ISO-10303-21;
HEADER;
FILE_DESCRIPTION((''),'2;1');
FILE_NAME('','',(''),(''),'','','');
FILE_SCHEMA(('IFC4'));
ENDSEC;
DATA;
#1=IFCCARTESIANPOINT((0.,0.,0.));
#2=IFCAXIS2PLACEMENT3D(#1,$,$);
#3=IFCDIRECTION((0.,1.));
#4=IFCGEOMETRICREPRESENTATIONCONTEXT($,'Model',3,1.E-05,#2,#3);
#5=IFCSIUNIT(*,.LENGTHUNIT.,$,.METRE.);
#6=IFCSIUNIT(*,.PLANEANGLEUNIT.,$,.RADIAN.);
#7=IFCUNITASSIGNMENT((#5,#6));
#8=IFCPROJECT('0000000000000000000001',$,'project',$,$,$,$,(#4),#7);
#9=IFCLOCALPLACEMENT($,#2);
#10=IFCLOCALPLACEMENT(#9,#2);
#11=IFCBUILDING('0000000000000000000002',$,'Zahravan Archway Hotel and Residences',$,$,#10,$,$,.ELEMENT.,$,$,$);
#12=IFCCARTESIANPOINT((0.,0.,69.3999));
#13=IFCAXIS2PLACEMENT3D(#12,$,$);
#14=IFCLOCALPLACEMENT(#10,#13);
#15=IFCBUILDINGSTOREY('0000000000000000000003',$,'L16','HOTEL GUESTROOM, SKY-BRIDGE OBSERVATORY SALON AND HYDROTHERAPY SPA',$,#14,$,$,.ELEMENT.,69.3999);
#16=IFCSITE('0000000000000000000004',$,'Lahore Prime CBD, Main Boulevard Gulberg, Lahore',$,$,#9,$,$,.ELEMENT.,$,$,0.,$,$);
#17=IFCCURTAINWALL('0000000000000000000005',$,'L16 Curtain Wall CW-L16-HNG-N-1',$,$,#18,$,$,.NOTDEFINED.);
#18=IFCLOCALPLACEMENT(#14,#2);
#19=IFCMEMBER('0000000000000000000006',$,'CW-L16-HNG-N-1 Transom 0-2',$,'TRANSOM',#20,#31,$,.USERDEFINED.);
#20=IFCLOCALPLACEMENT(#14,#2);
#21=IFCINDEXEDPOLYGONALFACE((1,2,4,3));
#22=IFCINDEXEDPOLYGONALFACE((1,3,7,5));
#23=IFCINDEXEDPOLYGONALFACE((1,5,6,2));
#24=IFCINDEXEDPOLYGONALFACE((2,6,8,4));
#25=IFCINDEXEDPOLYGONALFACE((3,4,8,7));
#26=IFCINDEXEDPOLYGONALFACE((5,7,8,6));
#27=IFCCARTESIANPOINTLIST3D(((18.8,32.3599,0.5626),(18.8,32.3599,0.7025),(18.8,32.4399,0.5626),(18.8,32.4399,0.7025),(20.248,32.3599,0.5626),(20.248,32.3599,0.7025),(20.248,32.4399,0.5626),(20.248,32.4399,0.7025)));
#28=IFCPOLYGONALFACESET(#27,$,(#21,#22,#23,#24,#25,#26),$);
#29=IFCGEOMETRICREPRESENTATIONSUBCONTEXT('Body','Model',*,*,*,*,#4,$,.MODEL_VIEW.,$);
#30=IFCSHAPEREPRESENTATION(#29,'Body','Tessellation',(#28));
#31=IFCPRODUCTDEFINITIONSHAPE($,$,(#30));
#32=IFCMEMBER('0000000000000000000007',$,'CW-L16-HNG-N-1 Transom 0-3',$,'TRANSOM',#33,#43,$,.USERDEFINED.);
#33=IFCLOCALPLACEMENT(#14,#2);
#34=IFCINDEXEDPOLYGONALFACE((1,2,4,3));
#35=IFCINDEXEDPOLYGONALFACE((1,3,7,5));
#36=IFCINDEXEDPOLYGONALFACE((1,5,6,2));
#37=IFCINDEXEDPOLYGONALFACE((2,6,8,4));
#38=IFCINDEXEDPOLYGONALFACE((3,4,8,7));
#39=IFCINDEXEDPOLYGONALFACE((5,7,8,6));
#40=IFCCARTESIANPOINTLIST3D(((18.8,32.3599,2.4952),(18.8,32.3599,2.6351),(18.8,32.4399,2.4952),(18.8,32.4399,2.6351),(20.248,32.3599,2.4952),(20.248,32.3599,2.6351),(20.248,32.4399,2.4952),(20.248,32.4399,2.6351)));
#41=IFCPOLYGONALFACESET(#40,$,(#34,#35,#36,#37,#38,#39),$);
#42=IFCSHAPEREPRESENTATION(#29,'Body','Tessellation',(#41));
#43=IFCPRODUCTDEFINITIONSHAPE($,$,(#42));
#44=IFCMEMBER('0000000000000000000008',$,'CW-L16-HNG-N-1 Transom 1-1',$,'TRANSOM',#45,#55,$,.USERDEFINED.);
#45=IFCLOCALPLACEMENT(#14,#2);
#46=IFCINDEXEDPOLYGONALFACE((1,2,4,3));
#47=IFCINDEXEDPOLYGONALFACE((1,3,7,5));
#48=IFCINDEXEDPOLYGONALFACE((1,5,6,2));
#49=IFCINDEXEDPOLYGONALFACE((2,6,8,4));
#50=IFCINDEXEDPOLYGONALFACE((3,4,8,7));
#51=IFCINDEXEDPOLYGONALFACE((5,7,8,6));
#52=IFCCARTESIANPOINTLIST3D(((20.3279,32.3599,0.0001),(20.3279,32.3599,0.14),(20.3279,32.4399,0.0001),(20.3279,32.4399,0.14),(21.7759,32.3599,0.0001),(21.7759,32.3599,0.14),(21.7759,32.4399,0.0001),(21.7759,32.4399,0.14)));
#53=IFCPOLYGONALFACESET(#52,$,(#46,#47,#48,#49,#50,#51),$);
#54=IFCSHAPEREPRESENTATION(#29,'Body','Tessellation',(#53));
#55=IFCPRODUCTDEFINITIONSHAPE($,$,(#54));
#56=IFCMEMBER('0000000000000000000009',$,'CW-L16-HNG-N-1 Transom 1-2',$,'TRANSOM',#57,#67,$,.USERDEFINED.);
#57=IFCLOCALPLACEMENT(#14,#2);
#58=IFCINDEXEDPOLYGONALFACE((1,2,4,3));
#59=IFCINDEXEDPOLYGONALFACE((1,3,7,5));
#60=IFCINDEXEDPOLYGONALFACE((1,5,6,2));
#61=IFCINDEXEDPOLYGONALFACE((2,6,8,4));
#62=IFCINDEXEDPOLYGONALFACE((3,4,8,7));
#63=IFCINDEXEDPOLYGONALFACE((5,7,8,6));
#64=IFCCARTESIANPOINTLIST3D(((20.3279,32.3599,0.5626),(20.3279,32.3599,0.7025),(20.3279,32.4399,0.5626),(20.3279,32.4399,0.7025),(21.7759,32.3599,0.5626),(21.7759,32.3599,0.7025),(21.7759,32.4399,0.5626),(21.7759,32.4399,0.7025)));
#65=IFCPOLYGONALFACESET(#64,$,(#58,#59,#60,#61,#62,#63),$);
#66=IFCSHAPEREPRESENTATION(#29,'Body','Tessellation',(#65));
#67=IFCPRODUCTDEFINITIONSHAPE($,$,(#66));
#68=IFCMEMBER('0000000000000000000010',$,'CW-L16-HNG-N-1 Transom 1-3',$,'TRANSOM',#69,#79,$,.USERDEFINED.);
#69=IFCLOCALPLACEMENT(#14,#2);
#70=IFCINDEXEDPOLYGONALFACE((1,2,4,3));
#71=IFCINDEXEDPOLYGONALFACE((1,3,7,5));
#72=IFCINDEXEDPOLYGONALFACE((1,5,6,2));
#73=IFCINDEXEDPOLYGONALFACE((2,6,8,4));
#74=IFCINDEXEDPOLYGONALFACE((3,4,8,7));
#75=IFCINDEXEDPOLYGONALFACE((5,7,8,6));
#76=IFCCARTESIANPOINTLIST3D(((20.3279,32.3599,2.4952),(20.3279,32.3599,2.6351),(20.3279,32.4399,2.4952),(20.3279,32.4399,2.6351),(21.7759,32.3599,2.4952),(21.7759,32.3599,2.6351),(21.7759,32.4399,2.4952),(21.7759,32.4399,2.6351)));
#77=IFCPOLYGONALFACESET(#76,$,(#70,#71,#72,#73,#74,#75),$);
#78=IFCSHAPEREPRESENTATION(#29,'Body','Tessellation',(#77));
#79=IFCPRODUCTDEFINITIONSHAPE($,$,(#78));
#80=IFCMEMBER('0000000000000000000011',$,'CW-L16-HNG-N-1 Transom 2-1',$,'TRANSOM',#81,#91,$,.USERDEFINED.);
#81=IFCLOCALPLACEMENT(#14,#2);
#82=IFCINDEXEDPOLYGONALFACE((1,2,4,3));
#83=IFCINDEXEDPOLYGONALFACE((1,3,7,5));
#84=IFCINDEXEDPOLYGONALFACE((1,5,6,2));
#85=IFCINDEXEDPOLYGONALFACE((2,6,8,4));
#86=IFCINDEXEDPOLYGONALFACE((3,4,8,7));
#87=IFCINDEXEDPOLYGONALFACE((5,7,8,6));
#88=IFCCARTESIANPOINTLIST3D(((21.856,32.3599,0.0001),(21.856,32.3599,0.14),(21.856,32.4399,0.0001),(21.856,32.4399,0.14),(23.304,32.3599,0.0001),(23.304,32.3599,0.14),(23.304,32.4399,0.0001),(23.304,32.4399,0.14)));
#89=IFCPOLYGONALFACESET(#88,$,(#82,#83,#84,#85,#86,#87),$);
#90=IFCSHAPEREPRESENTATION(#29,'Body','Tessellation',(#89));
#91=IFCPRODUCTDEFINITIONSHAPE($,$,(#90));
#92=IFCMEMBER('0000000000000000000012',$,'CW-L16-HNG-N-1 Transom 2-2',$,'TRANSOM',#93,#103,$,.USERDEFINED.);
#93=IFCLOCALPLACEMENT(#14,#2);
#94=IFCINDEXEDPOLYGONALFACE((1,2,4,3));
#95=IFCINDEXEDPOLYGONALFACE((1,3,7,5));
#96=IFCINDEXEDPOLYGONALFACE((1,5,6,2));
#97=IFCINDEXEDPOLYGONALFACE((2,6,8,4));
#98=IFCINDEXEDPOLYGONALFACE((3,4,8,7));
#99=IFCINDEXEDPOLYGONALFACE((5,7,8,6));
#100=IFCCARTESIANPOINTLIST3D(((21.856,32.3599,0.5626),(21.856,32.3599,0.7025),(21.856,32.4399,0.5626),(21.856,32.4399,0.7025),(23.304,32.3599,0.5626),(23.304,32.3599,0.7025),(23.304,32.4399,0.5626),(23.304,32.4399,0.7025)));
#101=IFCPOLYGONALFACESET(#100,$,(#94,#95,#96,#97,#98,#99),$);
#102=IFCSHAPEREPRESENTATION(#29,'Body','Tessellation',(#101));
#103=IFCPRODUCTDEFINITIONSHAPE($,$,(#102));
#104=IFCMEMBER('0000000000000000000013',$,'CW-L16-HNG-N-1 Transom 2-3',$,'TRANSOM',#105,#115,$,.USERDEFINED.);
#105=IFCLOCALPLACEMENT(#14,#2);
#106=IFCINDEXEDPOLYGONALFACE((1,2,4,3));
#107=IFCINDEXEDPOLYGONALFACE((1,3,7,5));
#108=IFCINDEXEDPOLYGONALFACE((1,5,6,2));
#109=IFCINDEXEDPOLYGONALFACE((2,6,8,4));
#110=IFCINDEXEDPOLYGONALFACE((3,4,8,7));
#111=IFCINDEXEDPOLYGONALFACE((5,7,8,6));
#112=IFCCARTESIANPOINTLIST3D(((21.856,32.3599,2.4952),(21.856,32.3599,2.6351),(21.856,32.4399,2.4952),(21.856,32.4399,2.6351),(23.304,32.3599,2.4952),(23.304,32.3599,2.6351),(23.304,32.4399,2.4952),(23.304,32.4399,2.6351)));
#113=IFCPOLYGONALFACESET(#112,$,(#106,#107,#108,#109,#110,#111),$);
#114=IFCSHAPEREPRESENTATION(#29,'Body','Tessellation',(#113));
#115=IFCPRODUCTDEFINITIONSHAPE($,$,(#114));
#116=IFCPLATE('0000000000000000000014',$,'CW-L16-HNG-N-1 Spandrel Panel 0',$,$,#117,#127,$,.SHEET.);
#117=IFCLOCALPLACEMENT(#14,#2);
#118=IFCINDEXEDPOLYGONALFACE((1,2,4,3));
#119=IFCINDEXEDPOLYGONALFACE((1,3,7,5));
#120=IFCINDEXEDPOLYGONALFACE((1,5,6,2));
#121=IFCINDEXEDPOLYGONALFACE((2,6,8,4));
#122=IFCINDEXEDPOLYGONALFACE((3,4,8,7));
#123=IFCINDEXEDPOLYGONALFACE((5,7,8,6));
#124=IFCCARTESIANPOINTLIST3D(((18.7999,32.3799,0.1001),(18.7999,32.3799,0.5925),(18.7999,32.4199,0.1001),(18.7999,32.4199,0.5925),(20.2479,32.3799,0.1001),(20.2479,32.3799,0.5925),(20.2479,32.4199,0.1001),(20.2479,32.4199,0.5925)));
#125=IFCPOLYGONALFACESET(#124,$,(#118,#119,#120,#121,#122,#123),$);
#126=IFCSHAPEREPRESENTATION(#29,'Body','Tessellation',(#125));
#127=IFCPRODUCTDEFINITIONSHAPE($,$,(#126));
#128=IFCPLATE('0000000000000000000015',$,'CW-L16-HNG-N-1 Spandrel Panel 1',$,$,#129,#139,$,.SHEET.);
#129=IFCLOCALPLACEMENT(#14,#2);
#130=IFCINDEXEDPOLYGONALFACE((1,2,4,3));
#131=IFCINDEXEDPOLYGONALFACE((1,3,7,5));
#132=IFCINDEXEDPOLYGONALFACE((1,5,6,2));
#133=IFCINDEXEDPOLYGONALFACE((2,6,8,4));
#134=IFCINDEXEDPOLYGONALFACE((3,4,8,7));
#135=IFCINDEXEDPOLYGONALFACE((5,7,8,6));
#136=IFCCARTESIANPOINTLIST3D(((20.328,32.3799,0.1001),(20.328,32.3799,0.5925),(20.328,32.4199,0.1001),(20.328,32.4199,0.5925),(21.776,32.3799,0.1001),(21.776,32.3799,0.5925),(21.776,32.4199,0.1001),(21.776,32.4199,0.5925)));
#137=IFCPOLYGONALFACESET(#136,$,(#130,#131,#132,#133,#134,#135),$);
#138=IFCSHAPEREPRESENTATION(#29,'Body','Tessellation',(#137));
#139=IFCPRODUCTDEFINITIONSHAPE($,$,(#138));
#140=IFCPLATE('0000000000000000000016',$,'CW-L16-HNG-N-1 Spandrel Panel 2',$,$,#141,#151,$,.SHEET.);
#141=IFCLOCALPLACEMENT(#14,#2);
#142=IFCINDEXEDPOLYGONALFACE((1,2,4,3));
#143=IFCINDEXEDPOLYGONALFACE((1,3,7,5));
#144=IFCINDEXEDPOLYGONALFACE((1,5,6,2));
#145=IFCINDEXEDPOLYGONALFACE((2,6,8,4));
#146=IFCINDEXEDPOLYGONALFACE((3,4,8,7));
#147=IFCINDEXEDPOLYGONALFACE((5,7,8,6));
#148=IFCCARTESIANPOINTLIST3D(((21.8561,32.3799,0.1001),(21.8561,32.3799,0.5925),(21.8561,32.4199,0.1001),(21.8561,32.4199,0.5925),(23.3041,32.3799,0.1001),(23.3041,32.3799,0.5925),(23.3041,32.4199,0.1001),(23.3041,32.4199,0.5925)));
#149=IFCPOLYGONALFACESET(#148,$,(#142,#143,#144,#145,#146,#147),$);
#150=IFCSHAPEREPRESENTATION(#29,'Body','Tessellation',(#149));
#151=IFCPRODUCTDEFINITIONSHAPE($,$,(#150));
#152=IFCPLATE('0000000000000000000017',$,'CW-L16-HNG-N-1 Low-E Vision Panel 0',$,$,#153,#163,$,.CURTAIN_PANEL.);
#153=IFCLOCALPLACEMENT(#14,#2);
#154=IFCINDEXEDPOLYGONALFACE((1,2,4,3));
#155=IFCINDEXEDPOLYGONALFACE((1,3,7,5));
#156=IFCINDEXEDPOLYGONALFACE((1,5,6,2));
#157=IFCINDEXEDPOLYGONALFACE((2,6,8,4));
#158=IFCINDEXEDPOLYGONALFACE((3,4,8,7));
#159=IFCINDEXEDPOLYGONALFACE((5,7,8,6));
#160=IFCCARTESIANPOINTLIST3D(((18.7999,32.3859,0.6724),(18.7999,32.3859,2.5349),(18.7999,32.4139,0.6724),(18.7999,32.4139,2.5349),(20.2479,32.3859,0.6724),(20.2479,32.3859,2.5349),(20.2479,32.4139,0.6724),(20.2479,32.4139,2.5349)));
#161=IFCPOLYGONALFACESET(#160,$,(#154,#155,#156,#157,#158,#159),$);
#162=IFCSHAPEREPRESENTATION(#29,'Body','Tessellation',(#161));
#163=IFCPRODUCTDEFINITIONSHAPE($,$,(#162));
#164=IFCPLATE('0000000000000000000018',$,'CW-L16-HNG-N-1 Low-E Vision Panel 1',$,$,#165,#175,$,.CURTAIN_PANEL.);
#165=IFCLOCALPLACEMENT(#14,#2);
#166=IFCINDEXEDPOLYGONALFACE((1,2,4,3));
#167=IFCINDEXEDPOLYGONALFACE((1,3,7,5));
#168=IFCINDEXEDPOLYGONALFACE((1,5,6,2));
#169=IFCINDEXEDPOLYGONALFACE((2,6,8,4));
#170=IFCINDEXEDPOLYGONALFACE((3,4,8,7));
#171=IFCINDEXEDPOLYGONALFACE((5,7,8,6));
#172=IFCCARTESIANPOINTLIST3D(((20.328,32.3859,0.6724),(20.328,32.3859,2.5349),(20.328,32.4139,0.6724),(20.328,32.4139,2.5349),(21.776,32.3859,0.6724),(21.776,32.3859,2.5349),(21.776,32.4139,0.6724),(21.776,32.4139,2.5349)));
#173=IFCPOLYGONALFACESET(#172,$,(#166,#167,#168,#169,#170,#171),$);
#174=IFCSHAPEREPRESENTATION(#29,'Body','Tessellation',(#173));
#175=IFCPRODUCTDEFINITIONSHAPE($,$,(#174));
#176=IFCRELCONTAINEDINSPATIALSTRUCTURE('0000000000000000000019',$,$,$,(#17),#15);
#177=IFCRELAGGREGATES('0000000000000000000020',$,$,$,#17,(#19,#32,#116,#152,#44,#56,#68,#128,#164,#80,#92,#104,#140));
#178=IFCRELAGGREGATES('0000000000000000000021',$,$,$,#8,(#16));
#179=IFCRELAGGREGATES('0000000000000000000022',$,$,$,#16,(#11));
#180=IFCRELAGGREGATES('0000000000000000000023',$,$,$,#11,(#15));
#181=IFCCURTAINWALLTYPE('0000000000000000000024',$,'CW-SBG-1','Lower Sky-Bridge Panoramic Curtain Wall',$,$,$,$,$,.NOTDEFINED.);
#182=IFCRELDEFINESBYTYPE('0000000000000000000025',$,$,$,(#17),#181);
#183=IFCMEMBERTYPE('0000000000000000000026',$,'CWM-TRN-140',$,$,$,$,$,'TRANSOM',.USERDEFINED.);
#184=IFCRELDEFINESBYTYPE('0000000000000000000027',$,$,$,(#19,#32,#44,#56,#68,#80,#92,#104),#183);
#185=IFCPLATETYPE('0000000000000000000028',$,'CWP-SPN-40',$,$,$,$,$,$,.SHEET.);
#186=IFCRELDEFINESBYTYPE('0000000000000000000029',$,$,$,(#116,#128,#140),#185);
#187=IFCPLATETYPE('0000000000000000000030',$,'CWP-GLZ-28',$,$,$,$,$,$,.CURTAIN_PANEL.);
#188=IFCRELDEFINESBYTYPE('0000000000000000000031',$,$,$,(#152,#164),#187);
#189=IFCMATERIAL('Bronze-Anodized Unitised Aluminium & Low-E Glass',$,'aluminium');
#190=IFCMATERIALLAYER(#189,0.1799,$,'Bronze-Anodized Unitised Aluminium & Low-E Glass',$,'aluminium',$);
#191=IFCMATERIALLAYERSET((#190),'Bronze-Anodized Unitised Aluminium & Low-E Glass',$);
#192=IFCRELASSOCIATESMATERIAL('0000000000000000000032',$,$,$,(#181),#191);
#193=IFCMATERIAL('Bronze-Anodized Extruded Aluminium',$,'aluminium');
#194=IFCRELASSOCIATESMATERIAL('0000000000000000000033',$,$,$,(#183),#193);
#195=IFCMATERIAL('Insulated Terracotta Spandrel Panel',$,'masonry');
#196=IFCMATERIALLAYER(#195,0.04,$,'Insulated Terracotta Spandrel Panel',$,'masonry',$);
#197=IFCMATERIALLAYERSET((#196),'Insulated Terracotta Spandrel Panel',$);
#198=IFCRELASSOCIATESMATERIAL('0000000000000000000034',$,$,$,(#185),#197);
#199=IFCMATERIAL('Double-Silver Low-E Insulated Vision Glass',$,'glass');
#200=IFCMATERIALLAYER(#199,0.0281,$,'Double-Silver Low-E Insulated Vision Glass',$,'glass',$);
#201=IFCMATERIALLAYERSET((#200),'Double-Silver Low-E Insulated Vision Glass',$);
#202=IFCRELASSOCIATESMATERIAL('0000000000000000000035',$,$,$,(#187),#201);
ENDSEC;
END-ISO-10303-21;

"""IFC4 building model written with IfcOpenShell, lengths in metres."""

from ifc_helpers import new_model, si_unit, direction, frame, origin, origin_2d, place, context, subcontext, project, spatial, rectangle, extrude, source, transform, mapped, material, layer, layer_set, material_profile, profile_set, type_object, element, aggregate, save


model = new_model("IFC4")

# Units and contexts
model_context = context("Model", 3, precision=1e-05, world=origin(), true_north=direction((0.0, 1.0)))
body_context = subcontext(model_context, "Body", "Model", "MODEL_VIEW")
ifc_project = project(units=[si_unit("LENGTHUNIT", "METRE"), si_unit("PLANEANGLEUNIT", "RADIAN")], contexts=[model_context])

# Site, building, storey
site_placement = place(None, origin())
site = spatial("IfcSite", under=ifc_project, at=site_placement, Name="Lahore Prime CBD, Main Boulevard Gulberg, Lahore", CompositionType="ELEMENT", RefElevation=0.0)
building_placement = place(site_placement, origin())
building = spatial("IfcBuilding", under=site, at=building_placement, Name="Zahravan Archway Hotel and Residences", CompositionType="ELEMENT")
storey_placement = place(building_placement, frame((0.0, 0.0, 69.3999)))
storey = spatial("IfcBuildingStorey", under=building, at=storey_placement, Name="L16", Description="HOTEL GUESTROOM, SKY-BRIDGE OBSERVATORY SALON AND HYDROTHERAPY SPA", CompositionType="ELEMENT", Elevation=69.3999)

# Curtain wall, members, plates
ifc_material_1 = material(Name="Bronze-Anodized Unitised Aluminium & Low-E Glass", Category="aluminium")
ifc_layer_1 = layer(ifc_material_1, 0.1799, Name="Bronze-Anodized Unitised Aluminium & Low-E Glass", Category="aluminium")
ifc_layer_set_1 = layer_set([ifc_layer_1], Name="Bronze-Anodized Unitised Aluminium & Low-E Glass")
curtain_wall_type = type_object("IfcCurtainWallType", Name="CW-SBG-1", Description="Lower Sky-Bridge Panoramic Curtain Wall", PredefinedType="NOTDEFINED", material=ifc_layer_set_1)
curtain_wall_placement = place(storey_placement, origin())
curtain_wall = element("IfcCurtainWall", 1, at=curtain_wall_placement, inside=storey, type_object=curtain_wall_type, Name="L16 Curtain Wall CW-L16-HNG-N-1", PredefinedType="NOTDEFINED")
ifc_material_2 = material(Name="Bronze-Anodized Extruded Aluminium", Category="aluminium")
ifc_material_profile_1 = material_profile(ifc_material_2, rectangle(XDim=0.0801, YDim=0.1399, at=origin_2d()), Name="TRN 80x140", Category="aluminium")
ifc_profile_set_1 = profile_set([ifc_material_profile_1], Name="Bronze-Anodized Extruded Aluminium")
member_type_1 = type_object("IfcMemberType", Name="CWM-TRN-140", ElementType="TRANSOM", PredefinedType="USERDEFINED", material=ifc_profile_set_1)
shared_shape_1 = source(origin(), body_context, "Body", "SweptSolid", [
    extrude(rectangle(XDim=0.0801, YDim=0.1399, at=origin_2d()), origin(), (0.0, 0.0, 1.0), 1.448),
])
member_1_placement = place(storey_placement, frame((18.8, 32.3999, 0.6326), z_axis=(1.0, 0.0, 0.0), x_axis=(0.0, 1.0, 0.0)))
member_1 = element("IfcMember", 2, at=member_1_placement, type_object=member_type_1, Name="CW-L16-HNG-N-1 Transom 0-2", ObjectType="TRANSOM", PredefinedType="USERDEFINED", context=body_context, shape_type="MappedRepresentation", body=[
    mapped(shared_shape_1, transform((0.0, 0.0, 0.0), scale=1.0)),
])
member_2_placement = place(storey_placement, frame((18.8, 32.3999, 2.5652), z_axis=(1.0, 0.0, 0.0), x_axis=(0.0, 1.0, 0.0)))
member_2 = element("IfcMember", 3, at=member_2_placement, type_object=member_type_1, Name="CW-L16-HNG-N-1 Transom 0-3", ObjectType="TRANSOM", PredefinedType="USERDEFINED", context=body_context, shape_type="MappedRepresentation", body=[
    mapped(shared_shape_1, transform((0.0, 0.0, 0.0), scale=1.0)),
])
member_3_placement = place(storey_placement, frame((20.3279, 32.3999, 0.0701), z_axis=(1.0, 0.0, 0.0), x_axis=(0.0, 1.0, 0.0)))
member_3 = element("IfcMember", 4, at=member_3_placement, type_object=member_type_1, Name="CW-L16-HNG-N-1 Transom 1-1", ObjectType="TRANSOM", PredefinedType="USERDEFINED", context=body_context, shape_type="MappedRepresentation", body=[
    mapped(shared_shape_1, transform((0.0, 0.0, 0.0), scale=1.0)),
])
member_4_placement = place(storey_placement, frame((20.3279, 32.3999, 0.6326), z_axis=(1.0, 0.0, 0.0), x_axis=(0.0, 1.0, 0.0)))
member_4 = element("IfcMember", 5, at=member_4_placement, type_object=member_type_1, Name="CW-L16-HNG-N-1 Transom 1-2", ObjectType="TRANSOM", PredefinedType="USERDEFINED", context=body_context, shape_type="MappedRepresentation", body=[
    mapped(shared_shape_1, transform((0.0, 0.0, 0.0), scale=1.0)),
])
member_5_placement = place(storey_placement, frame((20.3279, 32.3999, 2.5652), z_axis=(1.0, 0.0, 0.0), x_axis=(0.0, 1.0, 0.0)))
member_5 = element("IfcMember", 6, at=member_5_placement, type_object=member_type_1, Name="CW-L16-HNG-N-1 Transom 1-3", ObjectType="TRANSOM", PredefinedType="USERDEFINED", context=body_context, shape_type="MappedRepresentation", body=[
    mapped(shared_shape_1, transform((0.0, 0.0, 0.0), scale=1.0)),
])
member_6_placement = place(storey_placement, frame((21.856, 32.3999, 0.0701), z_axis=(1.0, 0.0, 0.0), x_axis=(0.0, 1.0, 0.0)))
member_6 = element("IfcMember", 7, at=member_6_placement, type_object=member_type_1, Name="CW-L16-HNG-N-1 Transom 2-1", ObjectType="TRANSOM", PredefinedType="USERDEFINED", context=body_context, shape_type="MappedRepresentation", body=[
    mapped(shared_shape_1, transform((0.0, 0.0, 0.0), scale=1.0)),
])
member_7_placement = place(storey_placement, frame((21.856, 32.3999, 0.6326), z_axis=(1.0, 0.0, 0.0), x_axis=(0.0, 1.0, 0.0)))
member_7 = element("IfcMember", 8, at=member_7_placement, type_object=member_type_1, Name="CW-L16-HNG-N-1 Transom 2-2", ObjectType="TRANSOM", PredefinedType="USERDEFINED", context=body_context, shape_type="MappedRepresentation", body=[
    mapped(shared_shape_1, transform((0.0, 0.0, 0.0), scale=1.0)),
])
member_8_placement = place(storey_placement, frame((21.856, 32.3999, 2.5652), z_axis=(1.0, 0.0, 0.0), x_axis=(0.0, 1.0, 0.0)))
member_8 = element("IfcMember", 9, at=member_8_placement, type_object=member_type_1, Name="CW-L16-HNG-N-1 Transom 2-3", ObjectType="TRANSOM", PredefinedType="USERDEFINED", context=body_context, shape_type="MappedRepresentation", body=[
    mapped(shared_shape_1, transform((0.0, 0.0, 0.0), scale=1.0)),
])
ifc_material_3 = material(Name="Insulated Terracotta Spandrel Panel", Category="masonry")
ifc_layer_2 = layer(ifc_material_3, 0.04, Name="Insulated Terracotta Spandrel Panel", Category="masonry")
ifc_layer_set_2 = layer_set([ifc_layer_2], Name="Insulated Terracotta Spandrel Panel")
plate_type_1 = type_object("IfcPlateType", Name="CWP-SPN-40", PredefinedType="SHEET", material=ifc_layer_set_2)
shared_shape_2 = source(origin(), body_context, "Body", "SweptSolid", [
    extrude(rectangle(XDim=1.448, YDim=0.04, at=origin_2d()), origin(), (0.0, 0.0, 1.0), 0.4924),
])
plate_1_placement = place(storey_placement, frame((19.5239, 32.3999, 0.1001), z_axis=(0.0, 0.0, 1.0), x_axis=(1.0, 0.0, 0.0)))
plate_1 = element("IfcPlate", 10, at=plate_1_placement, type_object=plate_type_1, Name="CW-L16-HNG-N-1 Spandrel Panel 0", PredefinedType="SHEET", context=body_context, shape_type="MappedRepresentation", body=[
    mapped(shared_shape_2, transform((0.0, 0.0, 0.0), scale=1.0)),
])
plate_2_placement = place(storey_placement, frame((21.052, 32.3999, 0.1001), z_axis=(0.0, 0.0, 1.0), x_axis=(1.0, 0.0, 0.0)))
plate_2 = element("IfcPlate", 11, at=plate_2_placement, type_object=plate_type_1, Name="CW-L16-HNG-N-1 Spandrel Panel 1", PredefinedType="SHEET", context=body_context, shape_type="MappedRepresentation", body=[
    mapped(shared_shape_2, transform((0.0, 0.0, 0.0), scale=1.0)),
])
plate_3_placement = place(storey_placement, frame((22.5801, 32.3999, 0.1001), z_axis=(0.0, 0.0, 1.0), x_axis=(1.0, 0.0, 0.0)))
plate_3 = element("IfcPlate", 12, at=plate_3_placement, type_object=plate_type_1, Name="CW-L16-HNG-N-1 Spandrel Panel 2", PredefinedType="SHEET", context=body_context, shape_type="MappedRepresentation", body=[
    mapped(shared_shape_2, transform((0.0, 0.0, 0.0), scale=1.0)),
])
ifc_material_4 = material(Name="Double-Silver Low-E Insulated Vision Glass", Category="glass")
ifc_layer_3 = layer(ifc_material_4, 0.0281, Name="Double-Silver Low-E Insulated Vision Glass", Category="glass")
ifc_layer_set_3 = layer_set([ifc_layer_3], Name="Double-Silver Low-E Insulated Vision Glass")
plate_type_2 = type_object("IfcPlateType", Name="CWP-GLZ-28", PredefinedType="CURTAIN_PANEL", material=ifc_layer_set_3)
shared_shape_3 = source(origin(), body_context, "Body", "SweptSolid", [
    extrude(rectangle(XDim=1.448, YDim=0.0281, at=origin_2d()), origin(), (0.0, 0.0, 1.0), 1.8625),
])
plate_4_placement = place(storey_placement, frame((19.5239, 32.3999, 0.6724), z_axis=(0.0, 0.0, 1.0), x_axis=(1.0, 0.0, 0.0)))
plate_4 = element("IfcPlate", 13, at=plate_4_placement, type_object=plate_type_2, Name="CW-L16-HNG-N-1 Low-E Vision Panel 0", PredefinedType="CURTAIN_PANEL", context=body_context, shape_type="MappedRepresentation", body=[
    mapped(shared_shape_3, transform((0.0, 0.0, 0.0), scale=1.0)),
])
plate_5_placement = place(storey_placement, frame((21.052, 32.3999, 0.6724), z_axis=(0.0, 0.0, 1.0), x_axis=(1.0, 0.0, 0.0)))
plate_5 = element("IfcPlate", 14, at=plate_5_placement, type_object=plate_type_2, Name="CW-L16-HNG-N-1 Low-E Vision Panel 1", PredefinedType="CURTAIN_PANEL", context=body_context, shape_type="MappedRepresentation", body=[
    mapped(shared_shape_3, transform((0.0, 0.0, 0.0), scale=1.0)),
])
aggregate(curtain_wall, [member_1, member_2, plate_1, plate_4, member_3, member_4, member_5, plate_2, plate_5, member_6, member_7, member_8, plate_3])

save(model, "model.ifc")
